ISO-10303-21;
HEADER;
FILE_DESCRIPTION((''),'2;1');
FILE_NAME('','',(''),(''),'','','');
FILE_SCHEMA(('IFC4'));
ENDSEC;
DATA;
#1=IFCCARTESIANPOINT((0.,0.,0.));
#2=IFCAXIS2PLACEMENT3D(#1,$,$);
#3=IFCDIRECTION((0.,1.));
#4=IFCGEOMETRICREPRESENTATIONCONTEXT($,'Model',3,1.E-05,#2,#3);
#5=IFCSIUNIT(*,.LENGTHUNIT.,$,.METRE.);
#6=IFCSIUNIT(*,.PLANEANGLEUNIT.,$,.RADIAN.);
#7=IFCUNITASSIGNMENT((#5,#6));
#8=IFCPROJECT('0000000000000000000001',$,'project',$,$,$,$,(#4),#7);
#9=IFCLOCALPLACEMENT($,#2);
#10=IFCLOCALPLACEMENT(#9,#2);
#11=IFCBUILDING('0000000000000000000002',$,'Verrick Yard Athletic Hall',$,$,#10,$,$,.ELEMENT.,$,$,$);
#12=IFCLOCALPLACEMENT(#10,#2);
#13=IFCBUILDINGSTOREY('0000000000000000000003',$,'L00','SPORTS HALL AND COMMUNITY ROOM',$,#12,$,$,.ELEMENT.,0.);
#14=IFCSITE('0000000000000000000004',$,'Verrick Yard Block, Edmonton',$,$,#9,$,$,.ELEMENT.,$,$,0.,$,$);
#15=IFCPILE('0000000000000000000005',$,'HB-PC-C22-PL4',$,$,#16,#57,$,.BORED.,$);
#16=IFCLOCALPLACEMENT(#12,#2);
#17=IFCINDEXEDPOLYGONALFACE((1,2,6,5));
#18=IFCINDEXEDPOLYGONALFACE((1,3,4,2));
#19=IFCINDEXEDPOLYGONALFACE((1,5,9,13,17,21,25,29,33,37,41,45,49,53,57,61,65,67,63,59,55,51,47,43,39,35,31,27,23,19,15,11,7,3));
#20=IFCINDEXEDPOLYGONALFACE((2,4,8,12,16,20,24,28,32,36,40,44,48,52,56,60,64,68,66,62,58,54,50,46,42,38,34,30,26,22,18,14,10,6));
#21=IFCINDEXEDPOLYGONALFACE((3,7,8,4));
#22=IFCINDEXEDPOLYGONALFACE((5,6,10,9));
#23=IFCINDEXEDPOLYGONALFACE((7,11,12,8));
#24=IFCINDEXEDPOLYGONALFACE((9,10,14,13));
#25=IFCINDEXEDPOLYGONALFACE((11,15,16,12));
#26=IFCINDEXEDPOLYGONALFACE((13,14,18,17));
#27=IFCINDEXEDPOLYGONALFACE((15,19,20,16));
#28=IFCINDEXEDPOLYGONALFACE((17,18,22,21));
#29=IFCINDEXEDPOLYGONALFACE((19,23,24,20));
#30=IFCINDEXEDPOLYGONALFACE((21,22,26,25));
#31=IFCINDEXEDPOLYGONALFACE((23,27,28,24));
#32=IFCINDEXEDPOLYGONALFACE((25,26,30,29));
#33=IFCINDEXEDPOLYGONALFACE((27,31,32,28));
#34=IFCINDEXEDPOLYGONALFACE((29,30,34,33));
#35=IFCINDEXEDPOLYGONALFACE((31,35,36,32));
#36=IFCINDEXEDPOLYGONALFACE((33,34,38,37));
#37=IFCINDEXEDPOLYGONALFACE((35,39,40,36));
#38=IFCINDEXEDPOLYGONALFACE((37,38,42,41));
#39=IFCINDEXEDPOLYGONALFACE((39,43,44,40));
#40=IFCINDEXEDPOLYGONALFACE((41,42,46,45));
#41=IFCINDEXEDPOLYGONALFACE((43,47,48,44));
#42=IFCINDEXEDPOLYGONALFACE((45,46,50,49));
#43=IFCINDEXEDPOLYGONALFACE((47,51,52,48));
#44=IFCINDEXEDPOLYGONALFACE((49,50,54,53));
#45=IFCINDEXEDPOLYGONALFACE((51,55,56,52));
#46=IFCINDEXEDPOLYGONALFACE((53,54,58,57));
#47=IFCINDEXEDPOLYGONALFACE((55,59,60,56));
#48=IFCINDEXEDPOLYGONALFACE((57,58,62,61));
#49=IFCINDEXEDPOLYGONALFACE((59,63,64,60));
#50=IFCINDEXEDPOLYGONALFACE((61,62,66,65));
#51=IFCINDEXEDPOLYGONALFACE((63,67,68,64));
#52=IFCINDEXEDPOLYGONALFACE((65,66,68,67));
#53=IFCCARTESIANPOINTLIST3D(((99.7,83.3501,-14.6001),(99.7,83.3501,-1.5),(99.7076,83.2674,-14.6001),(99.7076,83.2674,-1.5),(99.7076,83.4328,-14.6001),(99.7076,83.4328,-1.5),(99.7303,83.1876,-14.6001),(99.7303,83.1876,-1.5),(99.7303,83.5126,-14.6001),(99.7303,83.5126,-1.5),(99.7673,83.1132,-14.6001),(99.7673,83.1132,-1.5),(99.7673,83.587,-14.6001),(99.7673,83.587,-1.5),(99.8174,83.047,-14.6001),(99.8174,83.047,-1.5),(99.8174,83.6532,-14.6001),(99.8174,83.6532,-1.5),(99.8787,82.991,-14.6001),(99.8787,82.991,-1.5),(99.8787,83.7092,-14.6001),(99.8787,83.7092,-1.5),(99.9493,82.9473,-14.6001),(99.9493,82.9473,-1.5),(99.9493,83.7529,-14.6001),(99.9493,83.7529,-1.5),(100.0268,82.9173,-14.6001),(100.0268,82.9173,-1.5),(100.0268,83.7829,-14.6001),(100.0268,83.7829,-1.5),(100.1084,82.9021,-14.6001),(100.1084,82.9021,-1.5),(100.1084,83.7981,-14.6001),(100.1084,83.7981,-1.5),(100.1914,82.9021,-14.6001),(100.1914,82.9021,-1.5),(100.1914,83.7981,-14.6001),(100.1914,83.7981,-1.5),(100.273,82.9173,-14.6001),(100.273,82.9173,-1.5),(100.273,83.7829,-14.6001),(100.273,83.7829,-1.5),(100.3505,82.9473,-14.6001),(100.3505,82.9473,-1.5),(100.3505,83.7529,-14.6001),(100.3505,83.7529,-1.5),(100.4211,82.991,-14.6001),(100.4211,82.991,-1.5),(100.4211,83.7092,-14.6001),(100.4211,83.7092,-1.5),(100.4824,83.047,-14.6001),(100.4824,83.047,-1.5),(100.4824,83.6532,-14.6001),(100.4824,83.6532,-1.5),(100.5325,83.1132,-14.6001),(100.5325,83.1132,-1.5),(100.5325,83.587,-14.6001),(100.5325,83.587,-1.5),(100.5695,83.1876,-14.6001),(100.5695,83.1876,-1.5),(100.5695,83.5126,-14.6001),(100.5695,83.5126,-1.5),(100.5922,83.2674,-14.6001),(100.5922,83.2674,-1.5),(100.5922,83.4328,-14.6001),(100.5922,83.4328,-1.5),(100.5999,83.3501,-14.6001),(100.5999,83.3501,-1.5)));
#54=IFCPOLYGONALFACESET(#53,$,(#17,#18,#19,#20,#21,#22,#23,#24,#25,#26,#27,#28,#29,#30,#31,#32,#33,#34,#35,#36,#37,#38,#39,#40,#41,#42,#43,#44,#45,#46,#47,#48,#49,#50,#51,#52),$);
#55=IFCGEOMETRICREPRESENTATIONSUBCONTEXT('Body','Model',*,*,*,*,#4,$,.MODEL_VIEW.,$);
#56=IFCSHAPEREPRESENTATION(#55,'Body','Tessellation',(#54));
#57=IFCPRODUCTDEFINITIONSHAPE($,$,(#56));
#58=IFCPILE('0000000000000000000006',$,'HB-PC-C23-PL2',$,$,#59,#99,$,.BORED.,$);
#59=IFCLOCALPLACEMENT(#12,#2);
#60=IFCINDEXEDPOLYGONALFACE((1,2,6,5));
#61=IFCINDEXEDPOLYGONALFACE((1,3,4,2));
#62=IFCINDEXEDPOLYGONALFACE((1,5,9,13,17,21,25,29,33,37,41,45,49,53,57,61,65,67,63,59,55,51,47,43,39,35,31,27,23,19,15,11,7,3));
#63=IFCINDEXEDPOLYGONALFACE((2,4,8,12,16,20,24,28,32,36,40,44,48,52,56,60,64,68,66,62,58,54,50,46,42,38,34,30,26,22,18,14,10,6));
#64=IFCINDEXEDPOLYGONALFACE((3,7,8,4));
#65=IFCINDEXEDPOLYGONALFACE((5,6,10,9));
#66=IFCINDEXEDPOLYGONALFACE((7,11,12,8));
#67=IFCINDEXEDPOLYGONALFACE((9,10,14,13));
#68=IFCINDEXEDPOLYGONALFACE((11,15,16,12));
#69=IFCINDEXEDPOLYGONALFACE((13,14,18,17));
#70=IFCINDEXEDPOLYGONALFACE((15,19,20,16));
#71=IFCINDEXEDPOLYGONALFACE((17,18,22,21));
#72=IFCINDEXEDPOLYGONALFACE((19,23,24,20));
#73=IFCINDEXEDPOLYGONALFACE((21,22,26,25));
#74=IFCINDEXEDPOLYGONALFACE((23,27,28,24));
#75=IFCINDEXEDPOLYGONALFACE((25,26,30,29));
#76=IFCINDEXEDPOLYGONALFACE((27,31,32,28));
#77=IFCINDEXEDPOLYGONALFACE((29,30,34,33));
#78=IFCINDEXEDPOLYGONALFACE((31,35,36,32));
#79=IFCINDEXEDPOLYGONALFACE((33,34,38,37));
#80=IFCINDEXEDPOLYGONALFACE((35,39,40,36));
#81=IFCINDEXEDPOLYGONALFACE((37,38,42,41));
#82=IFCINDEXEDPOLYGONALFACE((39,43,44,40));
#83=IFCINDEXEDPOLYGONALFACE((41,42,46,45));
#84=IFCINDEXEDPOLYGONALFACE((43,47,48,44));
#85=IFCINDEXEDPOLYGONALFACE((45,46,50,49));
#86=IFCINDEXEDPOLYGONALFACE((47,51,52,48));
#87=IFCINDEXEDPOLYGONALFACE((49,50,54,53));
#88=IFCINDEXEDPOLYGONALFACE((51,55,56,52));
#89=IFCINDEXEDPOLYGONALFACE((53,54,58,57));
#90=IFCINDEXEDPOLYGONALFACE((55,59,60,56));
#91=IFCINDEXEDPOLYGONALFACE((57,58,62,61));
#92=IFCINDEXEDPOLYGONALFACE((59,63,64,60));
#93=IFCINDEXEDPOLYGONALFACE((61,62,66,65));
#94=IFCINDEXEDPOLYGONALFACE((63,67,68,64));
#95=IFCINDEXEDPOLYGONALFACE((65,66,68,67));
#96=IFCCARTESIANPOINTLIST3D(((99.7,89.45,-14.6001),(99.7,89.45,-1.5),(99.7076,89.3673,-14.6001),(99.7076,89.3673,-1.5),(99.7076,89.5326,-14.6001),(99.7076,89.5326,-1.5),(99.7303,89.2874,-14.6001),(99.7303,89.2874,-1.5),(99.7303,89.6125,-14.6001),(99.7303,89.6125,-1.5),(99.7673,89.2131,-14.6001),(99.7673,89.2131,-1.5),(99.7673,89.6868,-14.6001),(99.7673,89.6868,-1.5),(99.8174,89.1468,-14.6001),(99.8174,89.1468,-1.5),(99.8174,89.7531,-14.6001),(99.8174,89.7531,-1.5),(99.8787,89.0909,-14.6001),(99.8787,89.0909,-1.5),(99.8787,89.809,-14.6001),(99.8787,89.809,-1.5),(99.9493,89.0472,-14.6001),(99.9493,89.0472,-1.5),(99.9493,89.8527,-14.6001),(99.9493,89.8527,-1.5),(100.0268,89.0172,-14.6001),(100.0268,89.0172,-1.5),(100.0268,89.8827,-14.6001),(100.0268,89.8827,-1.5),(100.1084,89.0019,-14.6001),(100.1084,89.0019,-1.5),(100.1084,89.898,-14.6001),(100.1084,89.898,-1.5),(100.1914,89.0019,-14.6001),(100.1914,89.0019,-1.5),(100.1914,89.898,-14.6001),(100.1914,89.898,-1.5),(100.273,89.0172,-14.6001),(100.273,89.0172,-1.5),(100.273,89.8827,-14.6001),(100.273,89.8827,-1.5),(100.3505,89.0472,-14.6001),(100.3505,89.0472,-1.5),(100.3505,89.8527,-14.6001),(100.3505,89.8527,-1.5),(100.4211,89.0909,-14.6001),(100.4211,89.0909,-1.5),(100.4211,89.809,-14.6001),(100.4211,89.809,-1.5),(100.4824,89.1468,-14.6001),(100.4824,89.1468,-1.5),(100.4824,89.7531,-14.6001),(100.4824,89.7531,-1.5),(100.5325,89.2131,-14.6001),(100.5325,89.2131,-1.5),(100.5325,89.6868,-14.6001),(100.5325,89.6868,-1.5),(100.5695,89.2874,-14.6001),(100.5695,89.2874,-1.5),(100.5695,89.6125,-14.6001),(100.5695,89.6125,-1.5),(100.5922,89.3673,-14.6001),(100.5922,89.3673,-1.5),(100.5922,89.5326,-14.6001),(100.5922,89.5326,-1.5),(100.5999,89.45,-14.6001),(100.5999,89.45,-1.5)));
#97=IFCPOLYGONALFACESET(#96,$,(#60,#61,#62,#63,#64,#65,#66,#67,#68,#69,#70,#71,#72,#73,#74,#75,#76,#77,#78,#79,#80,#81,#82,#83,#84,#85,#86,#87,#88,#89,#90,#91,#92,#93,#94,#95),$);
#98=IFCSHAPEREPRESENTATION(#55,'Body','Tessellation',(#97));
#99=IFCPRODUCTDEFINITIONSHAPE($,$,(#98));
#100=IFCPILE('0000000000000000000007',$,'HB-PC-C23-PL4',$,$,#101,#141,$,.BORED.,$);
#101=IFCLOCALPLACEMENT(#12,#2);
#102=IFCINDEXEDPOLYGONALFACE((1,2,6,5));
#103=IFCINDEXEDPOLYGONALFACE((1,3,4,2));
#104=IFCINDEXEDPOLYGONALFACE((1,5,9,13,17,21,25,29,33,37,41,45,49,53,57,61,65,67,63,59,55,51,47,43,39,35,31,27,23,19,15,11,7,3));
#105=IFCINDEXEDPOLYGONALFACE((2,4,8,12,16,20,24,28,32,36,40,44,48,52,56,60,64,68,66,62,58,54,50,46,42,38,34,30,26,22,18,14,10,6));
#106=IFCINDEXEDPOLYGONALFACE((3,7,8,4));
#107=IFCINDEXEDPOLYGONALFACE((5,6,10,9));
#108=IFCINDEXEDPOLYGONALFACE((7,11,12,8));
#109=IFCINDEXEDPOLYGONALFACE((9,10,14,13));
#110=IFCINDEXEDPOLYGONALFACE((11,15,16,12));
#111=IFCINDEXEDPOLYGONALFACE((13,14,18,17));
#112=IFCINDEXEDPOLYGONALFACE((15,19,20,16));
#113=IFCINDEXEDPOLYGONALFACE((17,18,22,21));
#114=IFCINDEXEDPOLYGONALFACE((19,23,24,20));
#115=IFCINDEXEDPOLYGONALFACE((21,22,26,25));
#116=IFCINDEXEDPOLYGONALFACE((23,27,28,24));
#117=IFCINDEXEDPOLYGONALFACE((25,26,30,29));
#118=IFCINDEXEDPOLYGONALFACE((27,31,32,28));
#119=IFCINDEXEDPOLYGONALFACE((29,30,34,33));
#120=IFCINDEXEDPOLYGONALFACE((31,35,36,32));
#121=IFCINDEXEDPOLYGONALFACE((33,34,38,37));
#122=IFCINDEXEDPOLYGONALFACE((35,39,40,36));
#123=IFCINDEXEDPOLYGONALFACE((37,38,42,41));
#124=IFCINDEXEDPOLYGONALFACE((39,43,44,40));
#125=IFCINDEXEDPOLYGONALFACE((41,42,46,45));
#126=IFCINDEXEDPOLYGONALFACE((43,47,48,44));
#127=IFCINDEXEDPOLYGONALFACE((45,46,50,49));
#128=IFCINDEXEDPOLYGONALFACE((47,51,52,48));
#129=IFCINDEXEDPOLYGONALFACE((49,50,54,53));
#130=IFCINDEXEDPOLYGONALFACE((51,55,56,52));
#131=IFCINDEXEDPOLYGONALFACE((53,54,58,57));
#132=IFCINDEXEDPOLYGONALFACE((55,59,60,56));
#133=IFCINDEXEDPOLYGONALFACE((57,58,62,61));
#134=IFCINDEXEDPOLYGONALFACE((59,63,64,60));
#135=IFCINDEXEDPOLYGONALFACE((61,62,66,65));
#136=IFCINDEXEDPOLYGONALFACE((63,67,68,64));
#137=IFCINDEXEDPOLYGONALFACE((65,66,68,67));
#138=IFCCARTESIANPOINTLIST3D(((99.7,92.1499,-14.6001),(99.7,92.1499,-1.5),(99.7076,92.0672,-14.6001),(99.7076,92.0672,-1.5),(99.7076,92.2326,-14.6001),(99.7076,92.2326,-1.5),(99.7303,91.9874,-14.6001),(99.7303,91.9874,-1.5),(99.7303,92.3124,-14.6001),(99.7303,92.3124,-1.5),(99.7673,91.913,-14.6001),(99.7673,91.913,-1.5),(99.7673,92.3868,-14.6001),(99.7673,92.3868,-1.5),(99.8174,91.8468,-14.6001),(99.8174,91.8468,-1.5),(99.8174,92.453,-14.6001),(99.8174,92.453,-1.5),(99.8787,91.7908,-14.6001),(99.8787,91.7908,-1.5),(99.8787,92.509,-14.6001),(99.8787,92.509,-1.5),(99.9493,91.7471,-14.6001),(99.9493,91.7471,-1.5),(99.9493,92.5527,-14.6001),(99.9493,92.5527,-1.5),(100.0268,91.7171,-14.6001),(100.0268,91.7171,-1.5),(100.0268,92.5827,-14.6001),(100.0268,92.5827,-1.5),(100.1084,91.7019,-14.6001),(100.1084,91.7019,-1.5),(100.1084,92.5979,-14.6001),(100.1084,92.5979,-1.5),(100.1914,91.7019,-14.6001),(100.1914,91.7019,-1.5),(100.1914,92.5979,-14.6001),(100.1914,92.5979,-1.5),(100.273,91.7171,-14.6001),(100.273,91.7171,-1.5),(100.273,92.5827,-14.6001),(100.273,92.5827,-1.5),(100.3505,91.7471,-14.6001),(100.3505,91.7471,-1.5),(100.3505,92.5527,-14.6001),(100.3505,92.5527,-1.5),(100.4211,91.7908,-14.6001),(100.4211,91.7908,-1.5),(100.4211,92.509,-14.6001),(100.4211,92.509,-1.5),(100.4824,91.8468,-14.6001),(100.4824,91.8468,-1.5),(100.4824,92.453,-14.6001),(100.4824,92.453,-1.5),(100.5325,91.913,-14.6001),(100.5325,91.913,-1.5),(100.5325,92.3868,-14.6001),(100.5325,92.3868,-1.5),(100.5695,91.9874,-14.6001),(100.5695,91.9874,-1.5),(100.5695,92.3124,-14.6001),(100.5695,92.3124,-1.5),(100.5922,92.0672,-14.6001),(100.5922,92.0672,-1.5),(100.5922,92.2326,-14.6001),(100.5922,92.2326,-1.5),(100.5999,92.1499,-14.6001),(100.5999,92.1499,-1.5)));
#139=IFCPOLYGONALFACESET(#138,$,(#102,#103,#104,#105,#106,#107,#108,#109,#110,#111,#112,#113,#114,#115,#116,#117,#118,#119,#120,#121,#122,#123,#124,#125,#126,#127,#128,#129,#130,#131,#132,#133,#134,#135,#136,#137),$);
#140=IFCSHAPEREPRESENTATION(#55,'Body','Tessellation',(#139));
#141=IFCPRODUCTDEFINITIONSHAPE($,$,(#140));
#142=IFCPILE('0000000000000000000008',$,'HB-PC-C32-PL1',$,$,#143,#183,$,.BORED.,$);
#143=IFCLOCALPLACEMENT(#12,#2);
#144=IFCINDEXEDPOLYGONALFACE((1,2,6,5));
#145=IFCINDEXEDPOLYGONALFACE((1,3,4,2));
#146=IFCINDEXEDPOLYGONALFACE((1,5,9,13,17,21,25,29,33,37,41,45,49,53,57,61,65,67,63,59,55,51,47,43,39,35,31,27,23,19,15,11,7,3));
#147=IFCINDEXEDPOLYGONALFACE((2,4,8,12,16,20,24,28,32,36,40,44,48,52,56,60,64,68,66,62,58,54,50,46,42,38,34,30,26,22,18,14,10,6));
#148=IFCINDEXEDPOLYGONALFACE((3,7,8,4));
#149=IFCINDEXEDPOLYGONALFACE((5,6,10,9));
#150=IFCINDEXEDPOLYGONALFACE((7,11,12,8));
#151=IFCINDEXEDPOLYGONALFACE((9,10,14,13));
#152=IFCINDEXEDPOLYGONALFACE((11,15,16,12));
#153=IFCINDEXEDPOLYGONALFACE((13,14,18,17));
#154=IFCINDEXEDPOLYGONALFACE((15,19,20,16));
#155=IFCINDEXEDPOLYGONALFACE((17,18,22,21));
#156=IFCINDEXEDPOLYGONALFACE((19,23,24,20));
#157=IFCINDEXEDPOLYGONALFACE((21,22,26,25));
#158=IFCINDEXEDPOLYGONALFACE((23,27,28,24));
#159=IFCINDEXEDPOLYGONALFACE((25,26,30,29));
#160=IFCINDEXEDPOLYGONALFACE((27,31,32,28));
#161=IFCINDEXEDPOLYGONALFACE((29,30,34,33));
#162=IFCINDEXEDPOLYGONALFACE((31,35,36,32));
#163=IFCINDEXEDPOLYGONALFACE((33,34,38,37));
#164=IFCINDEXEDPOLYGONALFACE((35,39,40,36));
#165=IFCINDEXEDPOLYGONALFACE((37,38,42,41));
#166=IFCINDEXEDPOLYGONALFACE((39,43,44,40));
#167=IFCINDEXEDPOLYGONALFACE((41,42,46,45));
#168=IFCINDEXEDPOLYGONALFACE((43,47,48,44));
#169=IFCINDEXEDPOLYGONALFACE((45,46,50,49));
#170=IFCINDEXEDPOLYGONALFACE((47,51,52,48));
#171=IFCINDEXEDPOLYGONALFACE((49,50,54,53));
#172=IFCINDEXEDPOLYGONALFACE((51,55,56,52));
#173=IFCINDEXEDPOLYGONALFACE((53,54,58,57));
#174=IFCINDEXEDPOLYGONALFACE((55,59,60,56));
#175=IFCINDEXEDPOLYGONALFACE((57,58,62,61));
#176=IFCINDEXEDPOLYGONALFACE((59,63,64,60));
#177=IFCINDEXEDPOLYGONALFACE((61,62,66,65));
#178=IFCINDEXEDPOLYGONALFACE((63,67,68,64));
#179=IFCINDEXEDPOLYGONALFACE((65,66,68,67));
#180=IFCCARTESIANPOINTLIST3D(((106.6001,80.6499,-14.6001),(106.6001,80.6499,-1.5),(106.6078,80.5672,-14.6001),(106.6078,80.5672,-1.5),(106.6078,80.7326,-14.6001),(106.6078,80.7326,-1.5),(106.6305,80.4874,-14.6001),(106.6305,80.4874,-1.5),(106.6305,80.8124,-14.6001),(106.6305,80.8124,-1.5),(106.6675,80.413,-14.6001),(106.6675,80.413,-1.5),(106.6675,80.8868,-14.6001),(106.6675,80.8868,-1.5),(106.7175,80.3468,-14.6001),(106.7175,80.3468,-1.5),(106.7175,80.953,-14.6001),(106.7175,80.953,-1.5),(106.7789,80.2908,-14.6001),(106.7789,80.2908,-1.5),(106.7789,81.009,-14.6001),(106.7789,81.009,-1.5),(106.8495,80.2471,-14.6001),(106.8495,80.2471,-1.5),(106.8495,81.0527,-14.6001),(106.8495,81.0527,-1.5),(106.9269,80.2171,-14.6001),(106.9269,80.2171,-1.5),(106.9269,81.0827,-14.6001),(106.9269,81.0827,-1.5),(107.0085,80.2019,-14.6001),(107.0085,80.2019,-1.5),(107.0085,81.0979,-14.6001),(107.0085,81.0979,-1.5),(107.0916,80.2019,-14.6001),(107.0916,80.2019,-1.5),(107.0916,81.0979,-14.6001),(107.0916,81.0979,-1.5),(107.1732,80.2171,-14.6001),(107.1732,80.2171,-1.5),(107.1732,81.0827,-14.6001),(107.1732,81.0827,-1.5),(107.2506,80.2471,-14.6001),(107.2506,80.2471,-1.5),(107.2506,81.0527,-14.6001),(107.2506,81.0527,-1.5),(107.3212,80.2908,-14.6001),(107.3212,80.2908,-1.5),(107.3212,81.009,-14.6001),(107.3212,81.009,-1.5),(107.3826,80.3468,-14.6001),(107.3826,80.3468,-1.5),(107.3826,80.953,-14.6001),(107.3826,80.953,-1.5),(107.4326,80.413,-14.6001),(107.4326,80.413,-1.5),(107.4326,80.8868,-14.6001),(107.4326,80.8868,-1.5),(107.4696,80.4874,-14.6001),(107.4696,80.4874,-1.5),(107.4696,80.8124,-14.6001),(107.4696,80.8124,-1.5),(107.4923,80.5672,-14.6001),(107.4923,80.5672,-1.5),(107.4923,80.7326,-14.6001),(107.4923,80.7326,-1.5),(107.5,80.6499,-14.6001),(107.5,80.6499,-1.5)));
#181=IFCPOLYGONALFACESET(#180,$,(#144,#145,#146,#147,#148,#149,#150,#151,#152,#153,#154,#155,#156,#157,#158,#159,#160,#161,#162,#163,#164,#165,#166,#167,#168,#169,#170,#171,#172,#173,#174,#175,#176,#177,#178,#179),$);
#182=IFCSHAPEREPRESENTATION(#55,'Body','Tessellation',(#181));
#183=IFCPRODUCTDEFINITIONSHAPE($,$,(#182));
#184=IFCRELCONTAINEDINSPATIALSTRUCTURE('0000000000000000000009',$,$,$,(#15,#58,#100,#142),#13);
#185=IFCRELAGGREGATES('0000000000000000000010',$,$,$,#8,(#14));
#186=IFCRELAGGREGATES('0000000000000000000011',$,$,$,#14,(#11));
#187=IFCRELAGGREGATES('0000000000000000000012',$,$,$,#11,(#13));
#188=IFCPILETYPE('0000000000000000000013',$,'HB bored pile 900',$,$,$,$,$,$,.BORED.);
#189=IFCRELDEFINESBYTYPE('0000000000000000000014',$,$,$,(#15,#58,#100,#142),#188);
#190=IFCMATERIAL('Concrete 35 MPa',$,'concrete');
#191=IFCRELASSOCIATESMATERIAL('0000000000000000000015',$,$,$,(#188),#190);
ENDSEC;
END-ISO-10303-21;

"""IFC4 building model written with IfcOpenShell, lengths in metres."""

from ifc_helpers import new_model, si_unit, direction, frame, origin, origin_2d, place, context, subcontext, project, spatial, circle, extrude, material, material_profile, profile_set, type_object, element, save


model = new_model("IFC4")

# Units and contexts
model_context = context("Model", 3, precision=1e-05, world=origin(), true_north=direction((0.0, 1.0)))
body_context = subcontext(model_context, "Body", "Model", "MODEL_VIEW")
ifc_project = project(units=[si_unit("LENGTHUNIT", "METRE"), si_unit("PLANEANGLEUNIT", "RADIAN")], contexts=[model_context])

# Site, building, storey
site_placement = place(None, origin())
site = spatial("IfcSite", under=ifc_project, at=site_placement, Name="Verrick Yard Block, Edmonton", CompositionType="ELEMENT", RefElevation=0.0)
building_placement = place(site_placement, origin())
building = spatial("IfcBuilding", under=site, at=building_placement, Name="Verrick Yard Athletic Hall", CompositionType="ELEMENT")
storey_placement = place(building_placement, origin())
storey = spatial("IfcBuildingStorey", under=building, at=storey_placement, Name="L00", Description="SPORTS HALL AND COMMUNITY ROOM", CompositionType="ELEMENT", Elevation=0.0)

# Piles
ifc_material_1 = material(Name="Concrete 35 MPa", Category="concrete")
ifc_material_profile_1 = material_profile(ifc_material_1, circle(Radius=0.45, at=origin_2d()), Name="Bored pile 900")
ifc_profile_set_1 = profile_set([ifc_material_profile_1], Name="Concrete 35 MPa")
pile_type = type_object("IfcPileType", Name="HB bored pile 900", PredefinedType="BORED", material=ifc_profile_set_1)
for number, where, z_axis, x_axis, name in (
    (1, (100.1499, 83.3501, -1.5), (0.0, 0.0, -1.0), (1.0, 0.0, 0.0), "HB-PC-C22-PL4"),
    (2, (100.1499, 89.45, -1.5), (0.0, 0.0, -1.0), (1.0, 0.0, 0.0), "HB-PC-C23-PL2"),
    (3, (100.1499, 92.1499, -1.5), (0.0, 0.0, -1.0), (1.0, 0.0, 0.0), "HB-PC-C23-PL4"),
    (4, (107.05, 80.6499, -1.5), (0.0, 0.0, -1.0), (1.0, 0.0, 0.0), "HB-PC-C32-PL1"),
):
    element("IfcPile", number, at=place(storey_placement, frame(where, z_axis=z_axis, x_axis=x_axis)), inside=storey, type_object=pile_type, Name=name, PredefinedType="BORED", context=body_context, shape_type="SweptSolid", body=[
        extrude(circle(Radius=0.45, at=origin_2d()), origin(), (0.0, 0.0, 1.0), 13.1001),
    ])

save(model, "model.ifc")
